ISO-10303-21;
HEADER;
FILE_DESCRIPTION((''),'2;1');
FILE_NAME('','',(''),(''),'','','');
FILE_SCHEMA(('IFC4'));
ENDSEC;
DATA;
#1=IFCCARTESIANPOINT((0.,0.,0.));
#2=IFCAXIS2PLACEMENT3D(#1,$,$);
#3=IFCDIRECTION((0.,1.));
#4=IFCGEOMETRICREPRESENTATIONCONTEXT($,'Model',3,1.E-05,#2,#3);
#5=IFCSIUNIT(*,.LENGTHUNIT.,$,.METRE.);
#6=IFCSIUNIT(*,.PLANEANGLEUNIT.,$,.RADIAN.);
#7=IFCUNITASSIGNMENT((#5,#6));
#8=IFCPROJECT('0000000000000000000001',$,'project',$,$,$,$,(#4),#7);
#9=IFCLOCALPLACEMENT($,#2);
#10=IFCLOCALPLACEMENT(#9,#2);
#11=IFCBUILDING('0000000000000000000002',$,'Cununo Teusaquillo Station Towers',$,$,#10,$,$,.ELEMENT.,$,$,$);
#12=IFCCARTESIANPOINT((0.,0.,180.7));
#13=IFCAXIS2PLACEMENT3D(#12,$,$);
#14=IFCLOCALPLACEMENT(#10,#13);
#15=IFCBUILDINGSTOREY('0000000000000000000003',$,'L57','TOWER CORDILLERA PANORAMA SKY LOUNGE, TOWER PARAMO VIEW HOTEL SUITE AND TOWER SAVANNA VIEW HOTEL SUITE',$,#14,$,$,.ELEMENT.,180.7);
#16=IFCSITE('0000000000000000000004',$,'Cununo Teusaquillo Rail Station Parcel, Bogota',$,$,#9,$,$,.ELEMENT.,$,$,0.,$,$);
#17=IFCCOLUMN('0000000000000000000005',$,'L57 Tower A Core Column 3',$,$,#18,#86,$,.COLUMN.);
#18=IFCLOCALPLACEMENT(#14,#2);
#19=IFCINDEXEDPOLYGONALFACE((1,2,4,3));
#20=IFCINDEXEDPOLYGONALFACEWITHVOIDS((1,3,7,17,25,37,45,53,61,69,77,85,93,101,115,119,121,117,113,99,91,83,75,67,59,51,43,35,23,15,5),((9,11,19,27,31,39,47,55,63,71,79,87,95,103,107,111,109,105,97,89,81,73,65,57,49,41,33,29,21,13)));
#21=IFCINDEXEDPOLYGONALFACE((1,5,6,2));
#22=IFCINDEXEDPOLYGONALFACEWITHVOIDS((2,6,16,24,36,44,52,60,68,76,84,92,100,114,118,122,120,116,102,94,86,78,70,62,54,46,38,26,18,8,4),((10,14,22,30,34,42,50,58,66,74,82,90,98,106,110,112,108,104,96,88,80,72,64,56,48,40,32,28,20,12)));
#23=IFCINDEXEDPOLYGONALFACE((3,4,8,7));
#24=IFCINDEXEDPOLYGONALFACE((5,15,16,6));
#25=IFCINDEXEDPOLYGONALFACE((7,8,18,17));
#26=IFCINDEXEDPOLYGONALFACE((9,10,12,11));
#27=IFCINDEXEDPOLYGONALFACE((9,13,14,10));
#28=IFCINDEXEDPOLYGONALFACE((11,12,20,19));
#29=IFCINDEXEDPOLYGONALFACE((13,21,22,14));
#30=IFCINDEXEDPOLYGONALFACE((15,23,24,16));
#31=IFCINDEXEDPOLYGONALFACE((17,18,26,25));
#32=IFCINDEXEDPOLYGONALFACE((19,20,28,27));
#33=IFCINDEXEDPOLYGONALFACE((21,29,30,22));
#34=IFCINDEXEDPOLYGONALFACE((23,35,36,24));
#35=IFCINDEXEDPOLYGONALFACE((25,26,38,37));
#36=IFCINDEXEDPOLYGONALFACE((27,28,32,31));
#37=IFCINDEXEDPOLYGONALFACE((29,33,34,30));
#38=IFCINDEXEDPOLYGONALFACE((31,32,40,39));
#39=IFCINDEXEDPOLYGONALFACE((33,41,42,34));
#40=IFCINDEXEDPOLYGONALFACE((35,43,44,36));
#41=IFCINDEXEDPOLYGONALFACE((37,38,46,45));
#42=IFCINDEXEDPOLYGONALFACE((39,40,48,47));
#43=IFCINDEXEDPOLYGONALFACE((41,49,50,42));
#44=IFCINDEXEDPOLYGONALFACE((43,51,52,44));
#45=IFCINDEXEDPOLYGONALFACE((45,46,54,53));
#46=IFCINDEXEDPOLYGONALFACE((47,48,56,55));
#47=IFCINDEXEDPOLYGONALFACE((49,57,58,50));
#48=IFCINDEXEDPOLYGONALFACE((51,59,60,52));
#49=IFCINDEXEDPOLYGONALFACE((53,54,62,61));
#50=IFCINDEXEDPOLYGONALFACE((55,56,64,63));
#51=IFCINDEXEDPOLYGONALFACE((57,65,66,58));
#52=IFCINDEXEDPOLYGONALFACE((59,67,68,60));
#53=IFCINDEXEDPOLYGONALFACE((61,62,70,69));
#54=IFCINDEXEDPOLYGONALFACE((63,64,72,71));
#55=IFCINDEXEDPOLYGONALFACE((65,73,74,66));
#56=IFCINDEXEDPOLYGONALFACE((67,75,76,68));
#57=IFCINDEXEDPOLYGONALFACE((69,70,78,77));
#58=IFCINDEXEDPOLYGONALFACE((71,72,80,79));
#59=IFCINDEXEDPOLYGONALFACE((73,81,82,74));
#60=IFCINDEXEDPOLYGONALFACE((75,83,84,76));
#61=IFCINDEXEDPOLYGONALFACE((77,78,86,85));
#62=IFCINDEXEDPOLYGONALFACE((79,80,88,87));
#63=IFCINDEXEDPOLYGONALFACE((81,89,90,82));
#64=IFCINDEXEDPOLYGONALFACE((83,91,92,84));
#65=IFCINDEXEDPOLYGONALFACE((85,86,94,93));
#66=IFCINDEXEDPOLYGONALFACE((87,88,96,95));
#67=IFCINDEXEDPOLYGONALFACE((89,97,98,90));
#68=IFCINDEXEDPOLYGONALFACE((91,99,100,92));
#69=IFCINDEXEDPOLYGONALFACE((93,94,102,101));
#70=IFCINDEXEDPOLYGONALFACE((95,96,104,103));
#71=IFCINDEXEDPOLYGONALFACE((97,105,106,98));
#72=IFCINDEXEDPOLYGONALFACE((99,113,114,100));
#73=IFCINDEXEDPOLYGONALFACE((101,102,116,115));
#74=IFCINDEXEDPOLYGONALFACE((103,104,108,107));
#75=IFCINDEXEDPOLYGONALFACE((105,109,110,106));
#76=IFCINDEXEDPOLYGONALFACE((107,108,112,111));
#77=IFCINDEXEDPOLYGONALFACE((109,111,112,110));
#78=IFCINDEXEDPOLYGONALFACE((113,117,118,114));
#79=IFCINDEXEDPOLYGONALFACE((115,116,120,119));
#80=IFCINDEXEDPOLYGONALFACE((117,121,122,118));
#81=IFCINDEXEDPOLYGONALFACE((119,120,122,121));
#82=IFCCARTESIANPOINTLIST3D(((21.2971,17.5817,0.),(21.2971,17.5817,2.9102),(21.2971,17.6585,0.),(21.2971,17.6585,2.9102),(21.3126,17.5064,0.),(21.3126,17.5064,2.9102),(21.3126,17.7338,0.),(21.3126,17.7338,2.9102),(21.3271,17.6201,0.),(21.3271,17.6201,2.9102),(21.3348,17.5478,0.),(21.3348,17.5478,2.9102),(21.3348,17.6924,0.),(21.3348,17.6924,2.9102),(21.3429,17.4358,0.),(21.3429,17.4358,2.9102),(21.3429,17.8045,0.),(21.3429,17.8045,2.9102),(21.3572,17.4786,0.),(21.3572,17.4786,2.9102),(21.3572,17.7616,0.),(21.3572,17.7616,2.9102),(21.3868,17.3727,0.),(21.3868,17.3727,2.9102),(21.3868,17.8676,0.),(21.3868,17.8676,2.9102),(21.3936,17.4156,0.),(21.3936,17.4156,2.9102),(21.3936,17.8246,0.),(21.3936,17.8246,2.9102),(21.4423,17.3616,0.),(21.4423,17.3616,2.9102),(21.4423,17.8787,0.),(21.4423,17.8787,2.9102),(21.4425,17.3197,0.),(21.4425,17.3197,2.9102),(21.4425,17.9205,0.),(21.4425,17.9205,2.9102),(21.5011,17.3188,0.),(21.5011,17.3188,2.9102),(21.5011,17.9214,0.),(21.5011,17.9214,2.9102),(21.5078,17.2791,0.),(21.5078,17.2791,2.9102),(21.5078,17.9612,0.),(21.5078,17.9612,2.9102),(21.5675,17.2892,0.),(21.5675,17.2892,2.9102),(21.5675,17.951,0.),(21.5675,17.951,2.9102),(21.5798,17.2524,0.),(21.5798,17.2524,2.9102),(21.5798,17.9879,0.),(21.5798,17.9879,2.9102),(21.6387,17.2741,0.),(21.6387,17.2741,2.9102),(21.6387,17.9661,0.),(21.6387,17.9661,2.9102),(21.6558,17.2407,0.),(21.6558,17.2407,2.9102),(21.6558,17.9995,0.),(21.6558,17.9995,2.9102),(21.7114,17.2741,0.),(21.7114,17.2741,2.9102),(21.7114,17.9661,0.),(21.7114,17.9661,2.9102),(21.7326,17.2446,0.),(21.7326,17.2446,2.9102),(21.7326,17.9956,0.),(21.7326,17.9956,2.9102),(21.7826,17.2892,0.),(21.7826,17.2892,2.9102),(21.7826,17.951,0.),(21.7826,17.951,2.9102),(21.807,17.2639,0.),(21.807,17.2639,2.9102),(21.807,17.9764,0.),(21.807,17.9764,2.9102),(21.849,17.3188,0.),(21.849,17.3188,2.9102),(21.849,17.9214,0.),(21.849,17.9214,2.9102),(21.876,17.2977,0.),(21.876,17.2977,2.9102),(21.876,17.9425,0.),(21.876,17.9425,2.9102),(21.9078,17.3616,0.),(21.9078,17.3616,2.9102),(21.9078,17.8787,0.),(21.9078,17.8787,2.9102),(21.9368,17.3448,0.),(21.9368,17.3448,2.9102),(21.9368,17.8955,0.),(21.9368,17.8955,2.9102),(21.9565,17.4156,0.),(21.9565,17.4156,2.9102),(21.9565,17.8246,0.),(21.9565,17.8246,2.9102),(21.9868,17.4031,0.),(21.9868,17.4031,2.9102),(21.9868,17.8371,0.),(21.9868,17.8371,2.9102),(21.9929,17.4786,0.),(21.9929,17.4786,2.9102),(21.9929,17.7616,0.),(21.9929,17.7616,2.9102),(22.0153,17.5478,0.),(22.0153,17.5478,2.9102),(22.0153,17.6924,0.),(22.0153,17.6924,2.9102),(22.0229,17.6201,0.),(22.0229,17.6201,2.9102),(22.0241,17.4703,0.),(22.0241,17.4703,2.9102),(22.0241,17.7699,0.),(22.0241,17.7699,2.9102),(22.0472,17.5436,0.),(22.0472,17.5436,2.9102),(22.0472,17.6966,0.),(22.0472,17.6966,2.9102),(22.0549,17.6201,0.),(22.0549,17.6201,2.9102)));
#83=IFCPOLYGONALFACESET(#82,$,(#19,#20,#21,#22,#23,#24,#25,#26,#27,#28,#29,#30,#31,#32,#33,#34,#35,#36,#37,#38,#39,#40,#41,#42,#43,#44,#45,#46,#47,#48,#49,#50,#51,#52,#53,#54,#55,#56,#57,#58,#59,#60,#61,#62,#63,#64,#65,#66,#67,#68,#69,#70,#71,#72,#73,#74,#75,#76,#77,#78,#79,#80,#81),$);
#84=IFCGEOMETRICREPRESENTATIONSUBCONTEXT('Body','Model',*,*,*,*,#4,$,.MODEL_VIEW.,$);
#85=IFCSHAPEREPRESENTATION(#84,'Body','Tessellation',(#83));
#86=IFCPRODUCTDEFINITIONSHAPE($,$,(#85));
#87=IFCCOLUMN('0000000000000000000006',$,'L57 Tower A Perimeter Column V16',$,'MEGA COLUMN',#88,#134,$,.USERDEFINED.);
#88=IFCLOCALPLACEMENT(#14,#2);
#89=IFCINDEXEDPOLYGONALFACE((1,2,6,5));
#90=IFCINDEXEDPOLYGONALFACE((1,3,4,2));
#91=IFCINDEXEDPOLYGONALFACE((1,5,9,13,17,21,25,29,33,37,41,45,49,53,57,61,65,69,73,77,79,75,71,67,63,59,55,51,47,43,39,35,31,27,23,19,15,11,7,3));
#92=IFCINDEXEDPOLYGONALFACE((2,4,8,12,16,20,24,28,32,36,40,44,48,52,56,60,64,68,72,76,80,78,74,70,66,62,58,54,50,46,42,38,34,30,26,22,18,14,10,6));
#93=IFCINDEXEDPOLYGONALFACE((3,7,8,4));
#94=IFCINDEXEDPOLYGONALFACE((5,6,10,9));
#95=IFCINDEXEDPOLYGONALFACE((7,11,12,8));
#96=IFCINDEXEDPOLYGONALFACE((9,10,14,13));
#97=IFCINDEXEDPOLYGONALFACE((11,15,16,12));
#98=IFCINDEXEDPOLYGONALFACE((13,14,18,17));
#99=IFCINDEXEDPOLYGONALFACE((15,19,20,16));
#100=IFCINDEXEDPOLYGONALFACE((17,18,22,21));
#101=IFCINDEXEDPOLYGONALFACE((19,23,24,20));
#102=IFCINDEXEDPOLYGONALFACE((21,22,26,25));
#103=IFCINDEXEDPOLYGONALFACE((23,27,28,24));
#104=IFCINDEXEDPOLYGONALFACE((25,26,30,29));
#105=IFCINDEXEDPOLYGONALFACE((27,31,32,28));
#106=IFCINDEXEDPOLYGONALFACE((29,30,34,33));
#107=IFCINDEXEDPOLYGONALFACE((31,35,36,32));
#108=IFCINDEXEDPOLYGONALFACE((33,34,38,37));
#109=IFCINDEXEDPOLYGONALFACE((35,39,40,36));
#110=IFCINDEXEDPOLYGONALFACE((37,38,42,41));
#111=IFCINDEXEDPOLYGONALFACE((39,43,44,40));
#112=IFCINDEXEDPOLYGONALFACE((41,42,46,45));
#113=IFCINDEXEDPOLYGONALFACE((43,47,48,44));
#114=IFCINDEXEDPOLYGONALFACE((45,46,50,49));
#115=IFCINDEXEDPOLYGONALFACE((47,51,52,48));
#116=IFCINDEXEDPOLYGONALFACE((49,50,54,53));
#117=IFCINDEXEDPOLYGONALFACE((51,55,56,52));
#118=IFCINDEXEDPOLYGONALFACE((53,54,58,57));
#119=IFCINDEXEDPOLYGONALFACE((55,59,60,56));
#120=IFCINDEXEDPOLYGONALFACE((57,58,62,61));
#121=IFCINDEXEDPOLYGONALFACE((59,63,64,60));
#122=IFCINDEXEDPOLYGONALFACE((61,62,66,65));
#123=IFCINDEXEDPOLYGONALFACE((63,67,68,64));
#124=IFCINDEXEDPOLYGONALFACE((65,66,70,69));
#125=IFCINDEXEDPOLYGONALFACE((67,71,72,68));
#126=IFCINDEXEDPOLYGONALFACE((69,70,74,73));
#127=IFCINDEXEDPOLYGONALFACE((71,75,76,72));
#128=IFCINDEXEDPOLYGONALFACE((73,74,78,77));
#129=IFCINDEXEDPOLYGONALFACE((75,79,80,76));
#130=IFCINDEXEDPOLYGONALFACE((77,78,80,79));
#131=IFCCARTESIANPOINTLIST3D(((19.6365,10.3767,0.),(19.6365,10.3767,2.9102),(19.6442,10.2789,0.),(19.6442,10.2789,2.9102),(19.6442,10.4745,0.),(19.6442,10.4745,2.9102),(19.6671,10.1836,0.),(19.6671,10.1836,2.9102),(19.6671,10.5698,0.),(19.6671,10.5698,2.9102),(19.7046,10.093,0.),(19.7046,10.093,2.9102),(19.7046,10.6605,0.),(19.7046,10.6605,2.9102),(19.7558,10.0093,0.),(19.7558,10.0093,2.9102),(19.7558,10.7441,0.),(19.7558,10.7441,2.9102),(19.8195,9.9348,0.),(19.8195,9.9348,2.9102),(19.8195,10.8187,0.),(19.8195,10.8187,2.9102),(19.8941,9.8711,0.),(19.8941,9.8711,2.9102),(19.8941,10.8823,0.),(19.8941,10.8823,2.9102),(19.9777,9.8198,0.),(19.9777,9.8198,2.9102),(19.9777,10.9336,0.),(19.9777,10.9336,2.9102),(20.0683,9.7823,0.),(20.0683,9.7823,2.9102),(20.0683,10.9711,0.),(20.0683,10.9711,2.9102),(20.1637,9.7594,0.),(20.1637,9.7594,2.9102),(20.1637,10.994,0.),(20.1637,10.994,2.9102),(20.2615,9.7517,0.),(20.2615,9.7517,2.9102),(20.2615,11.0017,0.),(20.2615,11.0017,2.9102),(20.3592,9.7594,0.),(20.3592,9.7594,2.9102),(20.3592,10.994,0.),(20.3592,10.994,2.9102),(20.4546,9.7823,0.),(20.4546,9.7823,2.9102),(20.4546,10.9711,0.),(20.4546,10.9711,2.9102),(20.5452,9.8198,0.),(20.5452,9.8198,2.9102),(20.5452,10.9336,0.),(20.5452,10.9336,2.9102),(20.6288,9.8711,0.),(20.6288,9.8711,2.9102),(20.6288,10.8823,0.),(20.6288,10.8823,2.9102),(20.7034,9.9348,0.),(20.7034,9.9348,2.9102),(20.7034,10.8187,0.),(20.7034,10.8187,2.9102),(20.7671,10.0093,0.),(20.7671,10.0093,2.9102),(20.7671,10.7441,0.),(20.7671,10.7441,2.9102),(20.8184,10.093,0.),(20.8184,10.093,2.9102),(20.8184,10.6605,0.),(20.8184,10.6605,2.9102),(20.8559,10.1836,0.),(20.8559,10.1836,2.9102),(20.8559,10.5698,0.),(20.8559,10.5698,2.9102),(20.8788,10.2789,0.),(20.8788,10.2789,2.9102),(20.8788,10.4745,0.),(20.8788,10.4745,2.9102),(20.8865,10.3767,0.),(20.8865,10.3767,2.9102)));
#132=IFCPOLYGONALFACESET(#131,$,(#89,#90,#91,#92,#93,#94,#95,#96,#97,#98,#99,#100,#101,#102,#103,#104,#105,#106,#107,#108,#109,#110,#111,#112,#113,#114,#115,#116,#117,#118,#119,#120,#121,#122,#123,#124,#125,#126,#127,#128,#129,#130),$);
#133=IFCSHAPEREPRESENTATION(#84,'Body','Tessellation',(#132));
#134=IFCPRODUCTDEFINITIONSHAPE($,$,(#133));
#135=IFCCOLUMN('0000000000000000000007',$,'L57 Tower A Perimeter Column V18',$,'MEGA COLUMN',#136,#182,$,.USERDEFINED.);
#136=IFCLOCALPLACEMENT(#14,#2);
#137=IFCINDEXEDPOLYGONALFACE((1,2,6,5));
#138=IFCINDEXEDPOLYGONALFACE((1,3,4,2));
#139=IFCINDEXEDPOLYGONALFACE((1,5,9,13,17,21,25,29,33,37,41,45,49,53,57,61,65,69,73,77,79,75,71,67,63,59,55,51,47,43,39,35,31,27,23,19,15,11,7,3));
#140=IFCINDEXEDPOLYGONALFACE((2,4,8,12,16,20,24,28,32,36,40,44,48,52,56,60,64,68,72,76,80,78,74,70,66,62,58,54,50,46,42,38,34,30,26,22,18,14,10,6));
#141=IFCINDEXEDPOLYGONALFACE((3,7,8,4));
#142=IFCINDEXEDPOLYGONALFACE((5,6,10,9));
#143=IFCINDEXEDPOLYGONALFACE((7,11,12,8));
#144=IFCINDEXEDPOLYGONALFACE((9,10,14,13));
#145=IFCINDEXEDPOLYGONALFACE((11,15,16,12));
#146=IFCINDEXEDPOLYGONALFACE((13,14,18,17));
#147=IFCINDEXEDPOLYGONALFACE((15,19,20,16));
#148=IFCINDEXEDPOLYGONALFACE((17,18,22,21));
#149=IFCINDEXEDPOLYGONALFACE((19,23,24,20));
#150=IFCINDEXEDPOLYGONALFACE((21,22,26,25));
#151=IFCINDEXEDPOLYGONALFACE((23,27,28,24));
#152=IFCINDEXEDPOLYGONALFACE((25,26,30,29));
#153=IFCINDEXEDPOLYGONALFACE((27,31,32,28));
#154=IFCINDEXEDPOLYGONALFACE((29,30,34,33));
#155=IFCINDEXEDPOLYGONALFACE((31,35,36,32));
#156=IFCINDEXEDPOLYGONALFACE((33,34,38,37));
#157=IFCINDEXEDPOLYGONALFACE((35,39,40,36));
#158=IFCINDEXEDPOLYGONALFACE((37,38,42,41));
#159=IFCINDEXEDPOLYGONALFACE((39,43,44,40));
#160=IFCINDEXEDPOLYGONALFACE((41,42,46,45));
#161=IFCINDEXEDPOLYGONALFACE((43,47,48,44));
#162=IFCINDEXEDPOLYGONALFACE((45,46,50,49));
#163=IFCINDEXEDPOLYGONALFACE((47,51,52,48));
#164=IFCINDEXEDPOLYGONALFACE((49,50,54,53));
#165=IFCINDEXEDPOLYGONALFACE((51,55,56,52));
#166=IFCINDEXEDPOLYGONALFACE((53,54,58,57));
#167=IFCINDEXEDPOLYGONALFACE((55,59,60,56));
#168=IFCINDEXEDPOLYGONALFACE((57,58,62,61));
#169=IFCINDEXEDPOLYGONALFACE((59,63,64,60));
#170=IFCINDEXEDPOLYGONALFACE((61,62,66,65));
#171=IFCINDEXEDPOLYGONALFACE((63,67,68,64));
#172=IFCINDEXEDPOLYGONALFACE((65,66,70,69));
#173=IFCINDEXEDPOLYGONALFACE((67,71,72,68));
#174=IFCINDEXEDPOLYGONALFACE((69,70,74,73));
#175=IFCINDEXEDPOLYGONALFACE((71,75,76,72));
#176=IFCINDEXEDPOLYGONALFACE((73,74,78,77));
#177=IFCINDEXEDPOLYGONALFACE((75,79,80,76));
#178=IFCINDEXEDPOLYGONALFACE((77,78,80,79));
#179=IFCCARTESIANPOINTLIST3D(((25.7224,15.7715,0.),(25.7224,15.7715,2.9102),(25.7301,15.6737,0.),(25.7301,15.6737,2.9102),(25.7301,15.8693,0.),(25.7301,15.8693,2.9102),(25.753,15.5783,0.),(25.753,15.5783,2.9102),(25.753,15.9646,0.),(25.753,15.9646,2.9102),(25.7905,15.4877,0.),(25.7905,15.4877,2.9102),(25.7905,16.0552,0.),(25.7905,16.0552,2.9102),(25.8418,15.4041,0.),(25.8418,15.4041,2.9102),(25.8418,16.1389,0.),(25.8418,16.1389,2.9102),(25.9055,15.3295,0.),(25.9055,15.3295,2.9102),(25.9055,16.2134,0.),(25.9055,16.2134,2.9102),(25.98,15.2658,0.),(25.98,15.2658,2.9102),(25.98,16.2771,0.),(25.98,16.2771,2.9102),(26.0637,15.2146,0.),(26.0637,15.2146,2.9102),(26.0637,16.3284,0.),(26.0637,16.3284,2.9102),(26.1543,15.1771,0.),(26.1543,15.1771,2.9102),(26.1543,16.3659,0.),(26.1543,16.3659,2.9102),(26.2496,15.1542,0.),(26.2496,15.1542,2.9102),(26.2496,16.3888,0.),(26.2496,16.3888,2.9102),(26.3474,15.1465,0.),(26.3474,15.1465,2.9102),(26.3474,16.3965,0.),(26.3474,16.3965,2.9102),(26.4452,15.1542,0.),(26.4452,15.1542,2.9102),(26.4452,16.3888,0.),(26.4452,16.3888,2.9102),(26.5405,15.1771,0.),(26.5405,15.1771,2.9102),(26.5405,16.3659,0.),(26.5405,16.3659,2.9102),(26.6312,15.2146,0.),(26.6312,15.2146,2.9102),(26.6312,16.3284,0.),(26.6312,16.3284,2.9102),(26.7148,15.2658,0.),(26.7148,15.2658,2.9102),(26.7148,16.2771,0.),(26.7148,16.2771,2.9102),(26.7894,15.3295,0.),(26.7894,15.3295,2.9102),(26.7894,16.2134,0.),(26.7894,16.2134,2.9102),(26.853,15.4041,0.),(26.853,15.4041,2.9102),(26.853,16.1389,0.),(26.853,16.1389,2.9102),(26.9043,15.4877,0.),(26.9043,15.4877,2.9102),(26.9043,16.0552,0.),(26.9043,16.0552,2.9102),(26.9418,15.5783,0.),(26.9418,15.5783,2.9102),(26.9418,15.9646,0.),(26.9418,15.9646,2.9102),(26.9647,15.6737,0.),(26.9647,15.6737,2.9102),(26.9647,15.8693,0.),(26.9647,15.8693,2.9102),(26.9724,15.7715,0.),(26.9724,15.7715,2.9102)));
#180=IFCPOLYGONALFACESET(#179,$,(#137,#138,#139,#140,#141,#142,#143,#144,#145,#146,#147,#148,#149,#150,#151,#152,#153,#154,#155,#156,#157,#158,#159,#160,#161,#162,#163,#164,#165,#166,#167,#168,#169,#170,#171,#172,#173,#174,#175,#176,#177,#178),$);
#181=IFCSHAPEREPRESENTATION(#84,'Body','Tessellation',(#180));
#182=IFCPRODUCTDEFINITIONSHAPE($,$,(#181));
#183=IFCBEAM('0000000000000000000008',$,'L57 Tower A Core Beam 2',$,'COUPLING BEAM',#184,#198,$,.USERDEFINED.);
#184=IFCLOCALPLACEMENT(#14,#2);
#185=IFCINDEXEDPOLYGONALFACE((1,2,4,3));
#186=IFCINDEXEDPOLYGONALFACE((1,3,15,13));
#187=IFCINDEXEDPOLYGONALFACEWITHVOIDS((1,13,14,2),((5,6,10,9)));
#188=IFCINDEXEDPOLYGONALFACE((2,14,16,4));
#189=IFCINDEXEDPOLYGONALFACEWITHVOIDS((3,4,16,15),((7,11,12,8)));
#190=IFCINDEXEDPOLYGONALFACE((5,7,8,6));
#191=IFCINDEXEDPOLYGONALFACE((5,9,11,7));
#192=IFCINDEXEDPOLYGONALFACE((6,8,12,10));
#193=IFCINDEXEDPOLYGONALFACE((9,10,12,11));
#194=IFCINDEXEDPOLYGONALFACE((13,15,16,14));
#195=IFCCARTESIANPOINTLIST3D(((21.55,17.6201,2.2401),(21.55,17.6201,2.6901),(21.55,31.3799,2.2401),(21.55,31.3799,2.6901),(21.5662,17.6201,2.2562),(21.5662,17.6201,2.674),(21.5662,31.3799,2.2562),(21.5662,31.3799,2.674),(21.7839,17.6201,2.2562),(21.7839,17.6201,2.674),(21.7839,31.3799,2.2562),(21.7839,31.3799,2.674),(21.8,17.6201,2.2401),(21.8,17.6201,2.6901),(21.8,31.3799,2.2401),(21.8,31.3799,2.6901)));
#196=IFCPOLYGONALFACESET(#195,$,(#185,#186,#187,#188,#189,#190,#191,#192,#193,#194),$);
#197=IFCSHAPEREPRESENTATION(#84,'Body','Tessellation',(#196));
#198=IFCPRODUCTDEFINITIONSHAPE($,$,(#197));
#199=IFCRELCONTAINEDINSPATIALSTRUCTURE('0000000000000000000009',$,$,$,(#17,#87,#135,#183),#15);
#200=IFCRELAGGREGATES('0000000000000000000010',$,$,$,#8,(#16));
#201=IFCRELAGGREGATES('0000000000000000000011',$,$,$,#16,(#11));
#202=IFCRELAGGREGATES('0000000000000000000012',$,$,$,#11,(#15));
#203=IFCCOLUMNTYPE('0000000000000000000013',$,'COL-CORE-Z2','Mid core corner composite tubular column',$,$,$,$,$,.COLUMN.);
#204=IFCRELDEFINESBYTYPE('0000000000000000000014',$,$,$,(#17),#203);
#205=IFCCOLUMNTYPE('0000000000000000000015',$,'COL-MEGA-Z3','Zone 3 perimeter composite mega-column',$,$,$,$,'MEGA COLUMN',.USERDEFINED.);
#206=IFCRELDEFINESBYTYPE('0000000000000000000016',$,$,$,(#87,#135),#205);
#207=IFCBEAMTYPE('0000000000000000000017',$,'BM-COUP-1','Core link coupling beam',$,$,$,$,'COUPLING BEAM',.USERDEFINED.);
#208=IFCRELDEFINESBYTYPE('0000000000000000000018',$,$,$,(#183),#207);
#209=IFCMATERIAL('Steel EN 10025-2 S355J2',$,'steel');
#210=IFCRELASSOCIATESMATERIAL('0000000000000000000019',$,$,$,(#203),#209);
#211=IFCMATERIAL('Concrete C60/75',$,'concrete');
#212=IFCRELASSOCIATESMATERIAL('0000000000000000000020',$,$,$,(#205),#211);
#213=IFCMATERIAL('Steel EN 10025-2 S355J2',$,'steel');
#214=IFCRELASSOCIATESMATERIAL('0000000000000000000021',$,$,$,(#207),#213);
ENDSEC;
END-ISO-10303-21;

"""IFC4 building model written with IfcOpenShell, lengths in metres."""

from ifc_helpers import new_model, si_unit, direction, frame, origin, origin_2d, place, context, subcontext, project, spatial, hollow_rectangle, circle, hollow_circle, extrude, material, material_profile, profile_set, type_object, element, save


model = new_model("IFC4")

# Units and contexts
model_context = context("Model", 3, precision=1e-05, world=origin(), true_north=direction((0.0, 1.0)))
body_context = subcontext(model_context, "Body", "Model", "MODEL_VIEW")
ifc_project = project(units=[si_unit("LENGTHUNIT", "METRE"), si_unit("PLANEANGLEUNIT", "RADIAN")], contexts=[model_context])

# Site, building, storey
site_placement = place(None, origin())
site = spatial("IfcSite", under=ifc_project, at=site_placement, Name="Cununo Teusaquillo Rail Station Parcel, Bogota", CompositionType="ELEMENT", RefElevation=0.0)
building_placement = place(site_placement, origin())
building = spatial("IfcBuilding", under=site, at=building_placement, Name="Cununo Teusaquillo Station Towers", CompositionType="ELEMENT")
storey_placement = place(building_placement, frame((0.0, 0.0, 180.7)))
storey = spatial("IfcBuildingStorey", under=building, at=storey_placement, Name="L57", Description="TOWER CORDILLERA PANORAMA SKY LOUNGE, TOWER PARAMO VIEW HOTEL SUITE AND TOWER SAVANNA VIEW HOTEL SUITE", CompositionType="ELEMENT", Elevation=180.7)

# Columns
ifc_material_1 = material(Name="Steel EN 10025-2 S355J2", Category="steel")
ifc_material_profile_1 = material_profile(ifc_material_1, hollow_circle(Radius=0.3799, WallThickness=0.032, at=origin_2d()), Name="CHS 760x32")
ifc_profile_set_1 = profile_set([ifc_material_profile_1], Name="Steel EN 10025-2 S355J2")
column_type_1 = type_object("IfcColumnType", Name="COL-CORE-Z2", Description="Mid core corner composite tubular column", PredefinedType="COLUMN", material=ifc_profile_set_1)
column_placement = place(storey_placement, frame((21.675, 17.6201, 0.0), z_axis=(0.0, 0.0, 1.0), x_axis=(1.0, 0.0, 0.0)))
element("IfcColumn", 1, at=column_placement, inside=storey, type_object=column_type_1, Name="L57 Tower A Core Column 3", PredefinedType="COLUMN", context=body_context, shape_type="SweptSolid", body=[
    extrude(hollow_circle(Radius=0.3799, WallThickness=0.032, at=origin_2d()), origin(), (0.0, 0.0, 1.0), 2.9102),
])
ifc_material_2 = material(Name="Concrete C60/75", Category="concrete")
ifc_material_profile_2 = material_profile(ifc_material_2, circle(Radius=0.625, at=origin_2d()), Name="RC-CIRC-1250")
ifc_profile_set_2 = profile_set([ifc_material_profile_2], Name="Concrete C60/75")
column_type_2 = type_object("IfcColumnType", Name="COL-MEGA-Z3", Description="Zone 3 perimeter composite mega-column", ElementType="MEGA COLUMN", PredefinedType="USERDEFINED", material=ifc_profile_set_2)
for number, where, z_axis, x_axis, name in (
    (2, (20.2615, 10.3767, 0.0), (0.0, 0.0, 1.0), (1.0, 0.0, 0.0), "L57 Tower A Perimeter Column V16"),
    (3, (26.3474, 15.7715, 0.0), (0.0, 0.0, 1.0), (1.0, 0.0, 0.0), "L57 Tower A Perimeter Column V18"),
):
    element("IfcColumn", number, at=place(storey_placement, frame(where, z_axis=z_axis, x_axis=x_axis)), inside=storey, type_object=column_type_2, Name=name, ObjectType="MEGA COLUMN", PredefinedType="USERDEFINED", context=body_context, shape_type="SweptSolid", body=[
        extrude(circle(Radius=0.625, at=origin_2d()), origin(), (0.0, 0.0, 1.0), 2.9102),
    ])

# Beam
ifc_material_3 = material(Name="Steel EN 10025-2 S355J2", Category="steel")
ifc_material_profile_3 = material_profile(ifc_material_3, hollow_rectangle(XDim=0.25, YDim=0.45, WallThickness=0.0161, at=origin_2d()), Name="RHS 450x250x16")
ifc_profile_set_3 = profile_set([ifc_material_profile_3], Name="Steel EN 10025-2 S355J2")
beam_type_1 = type_object("IfcBeamType", Name="BM-COUP-1", Description="Core link coupling beam", ElementType="COUPLING BEAM", PredefinedType="USERDEFINED", material=ifc_profile_set_3)
beam_1_placement = place(storey_placement, frame((21.675, 17.6201, 2.4651), z_axis=(0.0, 1.0, 0.0), x_axis=(-1.0, 0.0, 0.0)))
element("IfcBeam", 4, at=beam_1_placement, inside=storey, type_object=beam_type_1, Name="L57 Tower A Core Beam 2", ObjectType="COUPLING BEAM", PredefinedType="USERDEFINED", context=body_context, shape_type="SweptSolid", body=[
    extrude(hollow_rectangle(XDim=0.25, YDim=0.45, WallThickness=0.0161, at=origin_2d()), origin(), (0.0, 0.0, 1.0), 13.7598),
])

save(model, "model.ifc")
